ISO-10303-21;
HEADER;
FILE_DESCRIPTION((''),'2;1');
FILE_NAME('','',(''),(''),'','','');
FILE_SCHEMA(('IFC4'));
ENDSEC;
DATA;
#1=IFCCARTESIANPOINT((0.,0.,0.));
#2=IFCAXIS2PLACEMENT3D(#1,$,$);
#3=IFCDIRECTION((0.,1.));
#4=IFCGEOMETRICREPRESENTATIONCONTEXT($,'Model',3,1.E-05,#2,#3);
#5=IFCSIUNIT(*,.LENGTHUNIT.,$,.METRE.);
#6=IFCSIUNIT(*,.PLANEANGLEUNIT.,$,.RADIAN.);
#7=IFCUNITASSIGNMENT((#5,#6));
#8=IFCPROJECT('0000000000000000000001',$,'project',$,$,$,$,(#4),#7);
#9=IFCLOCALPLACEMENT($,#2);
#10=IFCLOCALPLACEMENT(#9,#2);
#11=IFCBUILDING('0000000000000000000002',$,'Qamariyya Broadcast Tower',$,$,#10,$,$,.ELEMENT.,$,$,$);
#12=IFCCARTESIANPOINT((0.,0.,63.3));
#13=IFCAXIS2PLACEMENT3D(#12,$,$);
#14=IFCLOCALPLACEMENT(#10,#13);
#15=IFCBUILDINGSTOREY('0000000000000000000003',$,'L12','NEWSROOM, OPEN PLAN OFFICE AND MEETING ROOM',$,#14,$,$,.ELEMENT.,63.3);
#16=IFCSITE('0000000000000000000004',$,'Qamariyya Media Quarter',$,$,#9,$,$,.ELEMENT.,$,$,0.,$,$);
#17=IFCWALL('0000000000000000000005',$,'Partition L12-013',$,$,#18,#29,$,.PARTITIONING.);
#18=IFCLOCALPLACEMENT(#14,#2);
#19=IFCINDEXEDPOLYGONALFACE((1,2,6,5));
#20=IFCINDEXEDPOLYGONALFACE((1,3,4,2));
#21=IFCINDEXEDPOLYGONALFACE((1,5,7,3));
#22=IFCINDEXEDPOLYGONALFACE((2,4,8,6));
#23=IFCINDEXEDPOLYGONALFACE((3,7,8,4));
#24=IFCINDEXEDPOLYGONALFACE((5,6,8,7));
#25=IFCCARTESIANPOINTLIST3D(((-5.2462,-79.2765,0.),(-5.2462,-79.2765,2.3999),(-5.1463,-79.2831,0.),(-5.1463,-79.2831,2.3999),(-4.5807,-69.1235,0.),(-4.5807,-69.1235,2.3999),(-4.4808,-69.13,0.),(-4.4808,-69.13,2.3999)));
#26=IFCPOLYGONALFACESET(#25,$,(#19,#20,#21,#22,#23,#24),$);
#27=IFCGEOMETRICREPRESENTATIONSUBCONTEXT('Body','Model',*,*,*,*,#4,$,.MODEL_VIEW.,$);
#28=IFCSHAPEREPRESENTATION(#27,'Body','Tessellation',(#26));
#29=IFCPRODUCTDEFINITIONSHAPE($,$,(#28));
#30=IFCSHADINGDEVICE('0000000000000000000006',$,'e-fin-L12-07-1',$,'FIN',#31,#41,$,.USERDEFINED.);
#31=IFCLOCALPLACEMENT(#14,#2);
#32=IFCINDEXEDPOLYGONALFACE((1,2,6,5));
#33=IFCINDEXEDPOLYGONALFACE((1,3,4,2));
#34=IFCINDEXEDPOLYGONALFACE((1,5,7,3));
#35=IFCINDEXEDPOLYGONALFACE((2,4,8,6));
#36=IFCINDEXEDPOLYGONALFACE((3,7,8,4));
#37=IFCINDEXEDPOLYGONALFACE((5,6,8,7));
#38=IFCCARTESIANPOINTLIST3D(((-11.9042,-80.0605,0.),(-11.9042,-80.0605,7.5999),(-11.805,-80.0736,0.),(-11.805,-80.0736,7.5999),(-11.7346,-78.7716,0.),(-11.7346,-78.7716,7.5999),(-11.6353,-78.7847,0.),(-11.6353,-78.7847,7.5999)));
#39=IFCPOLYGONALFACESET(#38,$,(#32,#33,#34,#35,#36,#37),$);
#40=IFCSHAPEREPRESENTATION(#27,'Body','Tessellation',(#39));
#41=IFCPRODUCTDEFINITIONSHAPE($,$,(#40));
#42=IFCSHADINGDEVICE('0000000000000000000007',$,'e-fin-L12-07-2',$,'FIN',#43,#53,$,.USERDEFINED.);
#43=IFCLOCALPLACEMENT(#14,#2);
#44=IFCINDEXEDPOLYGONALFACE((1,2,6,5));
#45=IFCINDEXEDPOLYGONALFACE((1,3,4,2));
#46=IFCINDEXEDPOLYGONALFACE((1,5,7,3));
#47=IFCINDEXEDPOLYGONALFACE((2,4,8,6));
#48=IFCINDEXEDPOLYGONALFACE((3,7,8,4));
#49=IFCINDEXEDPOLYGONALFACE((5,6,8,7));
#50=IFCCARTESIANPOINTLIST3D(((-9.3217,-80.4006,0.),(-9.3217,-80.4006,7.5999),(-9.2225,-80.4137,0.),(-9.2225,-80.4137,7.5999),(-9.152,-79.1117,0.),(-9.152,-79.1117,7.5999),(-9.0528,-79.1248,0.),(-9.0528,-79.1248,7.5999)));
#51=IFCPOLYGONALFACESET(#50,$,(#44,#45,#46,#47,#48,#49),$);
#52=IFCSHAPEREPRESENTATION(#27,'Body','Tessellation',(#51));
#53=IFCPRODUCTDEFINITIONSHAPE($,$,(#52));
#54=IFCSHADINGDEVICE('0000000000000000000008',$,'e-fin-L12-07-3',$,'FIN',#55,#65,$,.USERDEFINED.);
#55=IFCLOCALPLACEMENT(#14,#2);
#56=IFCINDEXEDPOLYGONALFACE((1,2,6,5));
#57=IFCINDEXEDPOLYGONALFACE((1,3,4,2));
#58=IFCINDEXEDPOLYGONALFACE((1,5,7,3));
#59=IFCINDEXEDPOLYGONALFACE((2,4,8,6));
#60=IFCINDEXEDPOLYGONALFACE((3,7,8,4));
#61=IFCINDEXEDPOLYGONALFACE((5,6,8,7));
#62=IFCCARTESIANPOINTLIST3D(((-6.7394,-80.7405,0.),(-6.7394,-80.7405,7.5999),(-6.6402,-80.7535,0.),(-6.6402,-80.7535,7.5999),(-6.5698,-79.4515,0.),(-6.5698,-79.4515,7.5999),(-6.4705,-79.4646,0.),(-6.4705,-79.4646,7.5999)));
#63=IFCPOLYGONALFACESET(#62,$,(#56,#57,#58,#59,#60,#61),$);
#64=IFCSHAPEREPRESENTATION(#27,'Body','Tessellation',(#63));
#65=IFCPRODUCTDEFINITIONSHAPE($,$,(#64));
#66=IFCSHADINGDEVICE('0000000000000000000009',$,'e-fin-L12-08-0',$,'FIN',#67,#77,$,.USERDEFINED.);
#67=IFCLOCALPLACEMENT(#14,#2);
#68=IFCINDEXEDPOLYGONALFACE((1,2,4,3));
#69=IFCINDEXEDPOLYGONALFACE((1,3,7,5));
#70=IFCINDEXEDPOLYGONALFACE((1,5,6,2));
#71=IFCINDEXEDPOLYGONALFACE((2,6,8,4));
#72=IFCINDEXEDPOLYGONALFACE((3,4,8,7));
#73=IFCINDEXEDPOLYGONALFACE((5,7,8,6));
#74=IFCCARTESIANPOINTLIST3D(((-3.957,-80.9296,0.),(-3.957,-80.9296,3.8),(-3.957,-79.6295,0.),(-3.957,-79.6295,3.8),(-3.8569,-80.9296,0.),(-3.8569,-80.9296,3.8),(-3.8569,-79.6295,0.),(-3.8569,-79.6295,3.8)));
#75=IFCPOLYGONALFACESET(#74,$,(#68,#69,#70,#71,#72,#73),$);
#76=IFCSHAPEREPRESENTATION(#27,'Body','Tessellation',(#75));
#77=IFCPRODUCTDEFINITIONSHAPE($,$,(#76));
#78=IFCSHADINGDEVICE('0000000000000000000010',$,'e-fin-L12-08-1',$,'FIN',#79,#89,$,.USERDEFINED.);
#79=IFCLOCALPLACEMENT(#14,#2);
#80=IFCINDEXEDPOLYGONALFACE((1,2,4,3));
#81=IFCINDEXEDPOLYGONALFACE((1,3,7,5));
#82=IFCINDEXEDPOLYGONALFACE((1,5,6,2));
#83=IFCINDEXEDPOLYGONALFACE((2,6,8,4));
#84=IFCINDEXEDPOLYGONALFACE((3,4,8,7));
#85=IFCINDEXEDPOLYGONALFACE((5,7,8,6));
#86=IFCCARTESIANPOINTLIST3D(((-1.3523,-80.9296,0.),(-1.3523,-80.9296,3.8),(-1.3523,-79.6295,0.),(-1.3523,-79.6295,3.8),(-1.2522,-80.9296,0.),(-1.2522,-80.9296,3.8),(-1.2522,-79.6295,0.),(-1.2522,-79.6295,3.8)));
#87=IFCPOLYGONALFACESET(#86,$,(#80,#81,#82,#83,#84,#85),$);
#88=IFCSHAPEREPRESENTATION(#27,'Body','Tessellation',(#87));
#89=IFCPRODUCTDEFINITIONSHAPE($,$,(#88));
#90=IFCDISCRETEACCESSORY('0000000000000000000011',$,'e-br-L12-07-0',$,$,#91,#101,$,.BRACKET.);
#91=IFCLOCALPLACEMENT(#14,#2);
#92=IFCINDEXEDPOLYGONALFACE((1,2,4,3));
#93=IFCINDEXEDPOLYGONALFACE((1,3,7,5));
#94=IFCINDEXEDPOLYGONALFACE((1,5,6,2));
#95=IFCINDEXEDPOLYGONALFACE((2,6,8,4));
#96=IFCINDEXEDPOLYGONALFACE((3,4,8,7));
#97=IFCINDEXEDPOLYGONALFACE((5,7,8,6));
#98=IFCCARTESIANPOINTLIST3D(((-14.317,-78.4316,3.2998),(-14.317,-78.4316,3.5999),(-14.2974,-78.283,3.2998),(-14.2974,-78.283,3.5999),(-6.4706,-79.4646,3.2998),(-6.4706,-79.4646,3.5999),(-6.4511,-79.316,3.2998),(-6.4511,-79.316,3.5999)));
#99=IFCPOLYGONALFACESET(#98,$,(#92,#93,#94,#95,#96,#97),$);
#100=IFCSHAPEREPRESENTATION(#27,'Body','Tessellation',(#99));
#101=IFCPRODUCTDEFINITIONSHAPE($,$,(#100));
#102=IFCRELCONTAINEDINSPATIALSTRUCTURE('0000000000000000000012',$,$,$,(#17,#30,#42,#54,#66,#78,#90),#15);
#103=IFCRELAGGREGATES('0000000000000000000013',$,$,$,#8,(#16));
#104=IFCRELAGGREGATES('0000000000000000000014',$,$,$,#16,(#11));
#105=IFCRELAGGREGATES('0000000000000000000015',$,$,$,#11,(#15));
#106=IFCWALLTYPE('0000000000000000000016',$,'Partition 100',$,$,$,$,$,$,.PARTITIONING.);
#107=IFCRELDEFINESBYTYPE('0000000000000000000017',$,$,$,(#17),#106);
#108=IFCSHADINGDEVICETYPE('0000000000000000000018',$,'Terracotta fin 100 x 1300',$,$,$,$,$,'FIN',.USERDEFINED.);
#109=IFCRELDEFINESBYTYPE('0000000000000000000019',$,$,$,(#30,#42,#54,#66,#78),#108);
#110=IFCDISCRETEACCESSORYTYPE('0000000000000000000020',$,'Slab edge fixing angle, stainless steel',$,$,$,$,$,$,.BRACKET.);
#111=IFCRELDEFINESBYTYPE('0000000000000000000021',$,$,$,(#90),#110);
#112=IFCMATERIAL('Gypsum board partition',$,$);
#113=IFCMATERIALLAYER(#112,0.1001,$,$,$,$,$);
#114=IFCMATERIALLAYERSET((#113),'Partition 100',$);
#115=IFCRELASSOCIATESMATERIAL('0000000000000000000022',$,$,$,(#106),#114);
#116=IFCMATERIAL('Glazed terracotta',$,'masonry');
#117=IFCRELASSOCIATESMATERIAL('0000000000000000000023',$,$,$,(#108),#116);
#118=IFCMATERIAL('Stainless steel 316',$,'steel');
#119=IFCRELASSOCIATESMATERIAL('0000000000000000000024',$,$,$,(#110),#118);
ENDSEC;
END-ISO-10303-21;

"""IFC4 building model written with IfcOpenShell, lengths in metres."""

from ifc_helpers import new_model, si_unit, direction, frame, frame_2d, origin, origin_2d, place, context, subcontext, project, spatial, rectangle, extrude, material, layer, layer_set, material_profile, profile_set, type_object, element, save


model = new_model("IFC4")

# Units and contexts
model_context = context("Model", 3, precision=1e-05, world=origin(), true_north=direction((0.0, 1.0)))
body_context = subcontext(model_context, "Body", "Model", "MODEL_VIEW")
ifc_project = project(units=[si_unit("LENGTHUNIT", "METRE"), si_unit("PLANEANGLEUNIT", "RADIAN")], contexts=[model_context])

# Site, building, storey
site_placement = place(None, origin())
site = spatial("IfcSite", under=ifc_project, at=site_placement, Name="Qamariyya Media Quarter", CompositionType="ELEMENT", RefElevation=0.0)
building_placement = place(site_placement, origin())
building = spatial("IfcBuilding", under=site, at=building_placement, Name="Qamariyya Broadcast Tower", CompositionType="ELEMENT")
storey_placement = place(building_placement, frame((0.0, 0.0, 63.3)))
storey = spatial("IfcBuildingStorey", under=building, at=storey_placement, Name="L12", Description="NEWSROOM, OPEN PLAN OFFICE AND MEETING ROOM", CompositionType="ELEMENT", Elevation=63.3)

# Shared definitions
ifc_material_1 = material(Name="Gypsum board partition")

# Wall
ifc_layer_1 = layer(ifc_material_1, 0.1001)
ifc_layer_set_1 = layer_set([ifc_layer_1], Name="Partition 100")
wall_type_1 = type_object("IfcWallType", Name="Partition 100", PredefinedType="PARTITIONING", material=ifc_layer_set_1)
wall_1_placement = place(storey_placement, frame((-5.1963, -79.2798, 0.0), z_axis=(0.0, 0.0, 1.0), x_axis=(0.065409, 0.997859, 0.0)))
element("IfcWall", 1, at=wall_1_placement, inside=storey, type_object=wall_type_1, Name="Partition L12-013", PredefinedType="PARTITIONING", context=body_context, shape_type="SweptSolid", body=[
    extrude(rectangle(XDim=10.1748, YDim=0.1001, at=frame_2d((5.0874, 0.0))), origin(), (0.0, 0.0, 1.0), 2.3999),
])

# Shading devices
ifc_material_2 = material(Name="Glazed terracotta", Category="masonry")
ifc_material_profile_1 = material_profile(ifc_material_2, rectangle(XDim=1.3, YDim=0.1001, at=origin_2d()))
ifc_profile_set_1 = profile_set([ifc_material_profile_1], Name="Glazed terracotta")
shading_device_type_1 = type_object("IfcShadingDeviceType", Name="Terracotta fin 100 x 1300", ElementType="FIN", PredefinedType="USERDEFINED", material=ifc_profile_set_1)
for number, where, z_axis, x_axis, name in (
    (2, (-11.7698, -79.4226, 0.0), (0.0, 0.0, 1.0), (-0.130526, -0.991445, 0.0), "e-fin-L12-07-1"),
    (3, (-9.1873, -79.7627, 0.0), (0.0, 0.0, 1.0), (-0.130526, -0.991445, 0.0), "e-fin-L12-07-2"),
    (4, (-6.605, -80.1025, 0.0), (0.0, 0.0, 1.0), (-0.130526, -0.991445, 0.0), "e-fin-L12-07-3"),
):
    element("IfcShadingDevice", number, at=place(storey_placement, frame(where, z_axis=z_axis, x_axis=x_axis)), inside=storey, type_object=shading_device_type_1, Name=name, ObjectType="FIN", PredefinedType="USERDEFINED", context=body_context, shape_type="SweptSolid", body=[
        extrude(rectangle(XDim=1.3, YDim=0.1001, at=origin_2d()), origin(), (0.0, 0.0, 1.0), 7.5999),
    ])
for number, where, z_axis, x_axis, name in (
    (5, (-3.907, -80.2795, 0.0), (0.0, 0.0, 1.0), (0.0, -1.0, 0.0), "e-fin-L12-08-0"),
    (6, (-1.3022, -80.2795, 0.0), (0.0, 0.0, 1.0), (0.0, -1.0, 0.0), "e-fin-L12-08-1"),
):
    element("IfcShadingDevice", number, at=place(storey_placement, frame(where, z_axis=z_axis, x_axis=x_axis)), inside=storey, type_object=shading_device_type_1, Name=name, ObjectType="FIN", PredefinedType="USERDEFINED", context=body_context, shape_type="SweptSolid", body=[
        extrude(rectangle(XDim=1.3, YDim=0.1001, at=origin_2d()), origin(), (0.0, 0.0, 1.0), 3.8),
    ])

# Discrete accessory
ifc_material_3 = material(Name="Stainless steel 316", Category="steel")
discrete_accessory_type = type_object("IfcDiscreteAccessoryType", Name="Slab edge fixing angle, stainless steel", PredefinedType="BRACKET", material=ifc_material_3)
discrete_accessory_placement = place(storey_placement, frame((-10.384, -78.8738, 3.2998), z_axis=(0.0, 0.0, 1.0), x_axis=(0.991445, -0.130526, 0.0)))
element("IfcDiscreteAccessory", 7, at=discrete_accessory_placement, inside=storey, type_object=discrete_accessory_type, Name="e-br-L12-07-0", PredefinedType="BRACKET", context=body_context, shape_type="SweptSolid", body=[
    extrude(rectangle(XDim=7.9141, YDim=0.1499, at=origin_2d()), origin(), (0.0, 0.0, 1.0), 0.3),
])

save(model, "model.ifc")
